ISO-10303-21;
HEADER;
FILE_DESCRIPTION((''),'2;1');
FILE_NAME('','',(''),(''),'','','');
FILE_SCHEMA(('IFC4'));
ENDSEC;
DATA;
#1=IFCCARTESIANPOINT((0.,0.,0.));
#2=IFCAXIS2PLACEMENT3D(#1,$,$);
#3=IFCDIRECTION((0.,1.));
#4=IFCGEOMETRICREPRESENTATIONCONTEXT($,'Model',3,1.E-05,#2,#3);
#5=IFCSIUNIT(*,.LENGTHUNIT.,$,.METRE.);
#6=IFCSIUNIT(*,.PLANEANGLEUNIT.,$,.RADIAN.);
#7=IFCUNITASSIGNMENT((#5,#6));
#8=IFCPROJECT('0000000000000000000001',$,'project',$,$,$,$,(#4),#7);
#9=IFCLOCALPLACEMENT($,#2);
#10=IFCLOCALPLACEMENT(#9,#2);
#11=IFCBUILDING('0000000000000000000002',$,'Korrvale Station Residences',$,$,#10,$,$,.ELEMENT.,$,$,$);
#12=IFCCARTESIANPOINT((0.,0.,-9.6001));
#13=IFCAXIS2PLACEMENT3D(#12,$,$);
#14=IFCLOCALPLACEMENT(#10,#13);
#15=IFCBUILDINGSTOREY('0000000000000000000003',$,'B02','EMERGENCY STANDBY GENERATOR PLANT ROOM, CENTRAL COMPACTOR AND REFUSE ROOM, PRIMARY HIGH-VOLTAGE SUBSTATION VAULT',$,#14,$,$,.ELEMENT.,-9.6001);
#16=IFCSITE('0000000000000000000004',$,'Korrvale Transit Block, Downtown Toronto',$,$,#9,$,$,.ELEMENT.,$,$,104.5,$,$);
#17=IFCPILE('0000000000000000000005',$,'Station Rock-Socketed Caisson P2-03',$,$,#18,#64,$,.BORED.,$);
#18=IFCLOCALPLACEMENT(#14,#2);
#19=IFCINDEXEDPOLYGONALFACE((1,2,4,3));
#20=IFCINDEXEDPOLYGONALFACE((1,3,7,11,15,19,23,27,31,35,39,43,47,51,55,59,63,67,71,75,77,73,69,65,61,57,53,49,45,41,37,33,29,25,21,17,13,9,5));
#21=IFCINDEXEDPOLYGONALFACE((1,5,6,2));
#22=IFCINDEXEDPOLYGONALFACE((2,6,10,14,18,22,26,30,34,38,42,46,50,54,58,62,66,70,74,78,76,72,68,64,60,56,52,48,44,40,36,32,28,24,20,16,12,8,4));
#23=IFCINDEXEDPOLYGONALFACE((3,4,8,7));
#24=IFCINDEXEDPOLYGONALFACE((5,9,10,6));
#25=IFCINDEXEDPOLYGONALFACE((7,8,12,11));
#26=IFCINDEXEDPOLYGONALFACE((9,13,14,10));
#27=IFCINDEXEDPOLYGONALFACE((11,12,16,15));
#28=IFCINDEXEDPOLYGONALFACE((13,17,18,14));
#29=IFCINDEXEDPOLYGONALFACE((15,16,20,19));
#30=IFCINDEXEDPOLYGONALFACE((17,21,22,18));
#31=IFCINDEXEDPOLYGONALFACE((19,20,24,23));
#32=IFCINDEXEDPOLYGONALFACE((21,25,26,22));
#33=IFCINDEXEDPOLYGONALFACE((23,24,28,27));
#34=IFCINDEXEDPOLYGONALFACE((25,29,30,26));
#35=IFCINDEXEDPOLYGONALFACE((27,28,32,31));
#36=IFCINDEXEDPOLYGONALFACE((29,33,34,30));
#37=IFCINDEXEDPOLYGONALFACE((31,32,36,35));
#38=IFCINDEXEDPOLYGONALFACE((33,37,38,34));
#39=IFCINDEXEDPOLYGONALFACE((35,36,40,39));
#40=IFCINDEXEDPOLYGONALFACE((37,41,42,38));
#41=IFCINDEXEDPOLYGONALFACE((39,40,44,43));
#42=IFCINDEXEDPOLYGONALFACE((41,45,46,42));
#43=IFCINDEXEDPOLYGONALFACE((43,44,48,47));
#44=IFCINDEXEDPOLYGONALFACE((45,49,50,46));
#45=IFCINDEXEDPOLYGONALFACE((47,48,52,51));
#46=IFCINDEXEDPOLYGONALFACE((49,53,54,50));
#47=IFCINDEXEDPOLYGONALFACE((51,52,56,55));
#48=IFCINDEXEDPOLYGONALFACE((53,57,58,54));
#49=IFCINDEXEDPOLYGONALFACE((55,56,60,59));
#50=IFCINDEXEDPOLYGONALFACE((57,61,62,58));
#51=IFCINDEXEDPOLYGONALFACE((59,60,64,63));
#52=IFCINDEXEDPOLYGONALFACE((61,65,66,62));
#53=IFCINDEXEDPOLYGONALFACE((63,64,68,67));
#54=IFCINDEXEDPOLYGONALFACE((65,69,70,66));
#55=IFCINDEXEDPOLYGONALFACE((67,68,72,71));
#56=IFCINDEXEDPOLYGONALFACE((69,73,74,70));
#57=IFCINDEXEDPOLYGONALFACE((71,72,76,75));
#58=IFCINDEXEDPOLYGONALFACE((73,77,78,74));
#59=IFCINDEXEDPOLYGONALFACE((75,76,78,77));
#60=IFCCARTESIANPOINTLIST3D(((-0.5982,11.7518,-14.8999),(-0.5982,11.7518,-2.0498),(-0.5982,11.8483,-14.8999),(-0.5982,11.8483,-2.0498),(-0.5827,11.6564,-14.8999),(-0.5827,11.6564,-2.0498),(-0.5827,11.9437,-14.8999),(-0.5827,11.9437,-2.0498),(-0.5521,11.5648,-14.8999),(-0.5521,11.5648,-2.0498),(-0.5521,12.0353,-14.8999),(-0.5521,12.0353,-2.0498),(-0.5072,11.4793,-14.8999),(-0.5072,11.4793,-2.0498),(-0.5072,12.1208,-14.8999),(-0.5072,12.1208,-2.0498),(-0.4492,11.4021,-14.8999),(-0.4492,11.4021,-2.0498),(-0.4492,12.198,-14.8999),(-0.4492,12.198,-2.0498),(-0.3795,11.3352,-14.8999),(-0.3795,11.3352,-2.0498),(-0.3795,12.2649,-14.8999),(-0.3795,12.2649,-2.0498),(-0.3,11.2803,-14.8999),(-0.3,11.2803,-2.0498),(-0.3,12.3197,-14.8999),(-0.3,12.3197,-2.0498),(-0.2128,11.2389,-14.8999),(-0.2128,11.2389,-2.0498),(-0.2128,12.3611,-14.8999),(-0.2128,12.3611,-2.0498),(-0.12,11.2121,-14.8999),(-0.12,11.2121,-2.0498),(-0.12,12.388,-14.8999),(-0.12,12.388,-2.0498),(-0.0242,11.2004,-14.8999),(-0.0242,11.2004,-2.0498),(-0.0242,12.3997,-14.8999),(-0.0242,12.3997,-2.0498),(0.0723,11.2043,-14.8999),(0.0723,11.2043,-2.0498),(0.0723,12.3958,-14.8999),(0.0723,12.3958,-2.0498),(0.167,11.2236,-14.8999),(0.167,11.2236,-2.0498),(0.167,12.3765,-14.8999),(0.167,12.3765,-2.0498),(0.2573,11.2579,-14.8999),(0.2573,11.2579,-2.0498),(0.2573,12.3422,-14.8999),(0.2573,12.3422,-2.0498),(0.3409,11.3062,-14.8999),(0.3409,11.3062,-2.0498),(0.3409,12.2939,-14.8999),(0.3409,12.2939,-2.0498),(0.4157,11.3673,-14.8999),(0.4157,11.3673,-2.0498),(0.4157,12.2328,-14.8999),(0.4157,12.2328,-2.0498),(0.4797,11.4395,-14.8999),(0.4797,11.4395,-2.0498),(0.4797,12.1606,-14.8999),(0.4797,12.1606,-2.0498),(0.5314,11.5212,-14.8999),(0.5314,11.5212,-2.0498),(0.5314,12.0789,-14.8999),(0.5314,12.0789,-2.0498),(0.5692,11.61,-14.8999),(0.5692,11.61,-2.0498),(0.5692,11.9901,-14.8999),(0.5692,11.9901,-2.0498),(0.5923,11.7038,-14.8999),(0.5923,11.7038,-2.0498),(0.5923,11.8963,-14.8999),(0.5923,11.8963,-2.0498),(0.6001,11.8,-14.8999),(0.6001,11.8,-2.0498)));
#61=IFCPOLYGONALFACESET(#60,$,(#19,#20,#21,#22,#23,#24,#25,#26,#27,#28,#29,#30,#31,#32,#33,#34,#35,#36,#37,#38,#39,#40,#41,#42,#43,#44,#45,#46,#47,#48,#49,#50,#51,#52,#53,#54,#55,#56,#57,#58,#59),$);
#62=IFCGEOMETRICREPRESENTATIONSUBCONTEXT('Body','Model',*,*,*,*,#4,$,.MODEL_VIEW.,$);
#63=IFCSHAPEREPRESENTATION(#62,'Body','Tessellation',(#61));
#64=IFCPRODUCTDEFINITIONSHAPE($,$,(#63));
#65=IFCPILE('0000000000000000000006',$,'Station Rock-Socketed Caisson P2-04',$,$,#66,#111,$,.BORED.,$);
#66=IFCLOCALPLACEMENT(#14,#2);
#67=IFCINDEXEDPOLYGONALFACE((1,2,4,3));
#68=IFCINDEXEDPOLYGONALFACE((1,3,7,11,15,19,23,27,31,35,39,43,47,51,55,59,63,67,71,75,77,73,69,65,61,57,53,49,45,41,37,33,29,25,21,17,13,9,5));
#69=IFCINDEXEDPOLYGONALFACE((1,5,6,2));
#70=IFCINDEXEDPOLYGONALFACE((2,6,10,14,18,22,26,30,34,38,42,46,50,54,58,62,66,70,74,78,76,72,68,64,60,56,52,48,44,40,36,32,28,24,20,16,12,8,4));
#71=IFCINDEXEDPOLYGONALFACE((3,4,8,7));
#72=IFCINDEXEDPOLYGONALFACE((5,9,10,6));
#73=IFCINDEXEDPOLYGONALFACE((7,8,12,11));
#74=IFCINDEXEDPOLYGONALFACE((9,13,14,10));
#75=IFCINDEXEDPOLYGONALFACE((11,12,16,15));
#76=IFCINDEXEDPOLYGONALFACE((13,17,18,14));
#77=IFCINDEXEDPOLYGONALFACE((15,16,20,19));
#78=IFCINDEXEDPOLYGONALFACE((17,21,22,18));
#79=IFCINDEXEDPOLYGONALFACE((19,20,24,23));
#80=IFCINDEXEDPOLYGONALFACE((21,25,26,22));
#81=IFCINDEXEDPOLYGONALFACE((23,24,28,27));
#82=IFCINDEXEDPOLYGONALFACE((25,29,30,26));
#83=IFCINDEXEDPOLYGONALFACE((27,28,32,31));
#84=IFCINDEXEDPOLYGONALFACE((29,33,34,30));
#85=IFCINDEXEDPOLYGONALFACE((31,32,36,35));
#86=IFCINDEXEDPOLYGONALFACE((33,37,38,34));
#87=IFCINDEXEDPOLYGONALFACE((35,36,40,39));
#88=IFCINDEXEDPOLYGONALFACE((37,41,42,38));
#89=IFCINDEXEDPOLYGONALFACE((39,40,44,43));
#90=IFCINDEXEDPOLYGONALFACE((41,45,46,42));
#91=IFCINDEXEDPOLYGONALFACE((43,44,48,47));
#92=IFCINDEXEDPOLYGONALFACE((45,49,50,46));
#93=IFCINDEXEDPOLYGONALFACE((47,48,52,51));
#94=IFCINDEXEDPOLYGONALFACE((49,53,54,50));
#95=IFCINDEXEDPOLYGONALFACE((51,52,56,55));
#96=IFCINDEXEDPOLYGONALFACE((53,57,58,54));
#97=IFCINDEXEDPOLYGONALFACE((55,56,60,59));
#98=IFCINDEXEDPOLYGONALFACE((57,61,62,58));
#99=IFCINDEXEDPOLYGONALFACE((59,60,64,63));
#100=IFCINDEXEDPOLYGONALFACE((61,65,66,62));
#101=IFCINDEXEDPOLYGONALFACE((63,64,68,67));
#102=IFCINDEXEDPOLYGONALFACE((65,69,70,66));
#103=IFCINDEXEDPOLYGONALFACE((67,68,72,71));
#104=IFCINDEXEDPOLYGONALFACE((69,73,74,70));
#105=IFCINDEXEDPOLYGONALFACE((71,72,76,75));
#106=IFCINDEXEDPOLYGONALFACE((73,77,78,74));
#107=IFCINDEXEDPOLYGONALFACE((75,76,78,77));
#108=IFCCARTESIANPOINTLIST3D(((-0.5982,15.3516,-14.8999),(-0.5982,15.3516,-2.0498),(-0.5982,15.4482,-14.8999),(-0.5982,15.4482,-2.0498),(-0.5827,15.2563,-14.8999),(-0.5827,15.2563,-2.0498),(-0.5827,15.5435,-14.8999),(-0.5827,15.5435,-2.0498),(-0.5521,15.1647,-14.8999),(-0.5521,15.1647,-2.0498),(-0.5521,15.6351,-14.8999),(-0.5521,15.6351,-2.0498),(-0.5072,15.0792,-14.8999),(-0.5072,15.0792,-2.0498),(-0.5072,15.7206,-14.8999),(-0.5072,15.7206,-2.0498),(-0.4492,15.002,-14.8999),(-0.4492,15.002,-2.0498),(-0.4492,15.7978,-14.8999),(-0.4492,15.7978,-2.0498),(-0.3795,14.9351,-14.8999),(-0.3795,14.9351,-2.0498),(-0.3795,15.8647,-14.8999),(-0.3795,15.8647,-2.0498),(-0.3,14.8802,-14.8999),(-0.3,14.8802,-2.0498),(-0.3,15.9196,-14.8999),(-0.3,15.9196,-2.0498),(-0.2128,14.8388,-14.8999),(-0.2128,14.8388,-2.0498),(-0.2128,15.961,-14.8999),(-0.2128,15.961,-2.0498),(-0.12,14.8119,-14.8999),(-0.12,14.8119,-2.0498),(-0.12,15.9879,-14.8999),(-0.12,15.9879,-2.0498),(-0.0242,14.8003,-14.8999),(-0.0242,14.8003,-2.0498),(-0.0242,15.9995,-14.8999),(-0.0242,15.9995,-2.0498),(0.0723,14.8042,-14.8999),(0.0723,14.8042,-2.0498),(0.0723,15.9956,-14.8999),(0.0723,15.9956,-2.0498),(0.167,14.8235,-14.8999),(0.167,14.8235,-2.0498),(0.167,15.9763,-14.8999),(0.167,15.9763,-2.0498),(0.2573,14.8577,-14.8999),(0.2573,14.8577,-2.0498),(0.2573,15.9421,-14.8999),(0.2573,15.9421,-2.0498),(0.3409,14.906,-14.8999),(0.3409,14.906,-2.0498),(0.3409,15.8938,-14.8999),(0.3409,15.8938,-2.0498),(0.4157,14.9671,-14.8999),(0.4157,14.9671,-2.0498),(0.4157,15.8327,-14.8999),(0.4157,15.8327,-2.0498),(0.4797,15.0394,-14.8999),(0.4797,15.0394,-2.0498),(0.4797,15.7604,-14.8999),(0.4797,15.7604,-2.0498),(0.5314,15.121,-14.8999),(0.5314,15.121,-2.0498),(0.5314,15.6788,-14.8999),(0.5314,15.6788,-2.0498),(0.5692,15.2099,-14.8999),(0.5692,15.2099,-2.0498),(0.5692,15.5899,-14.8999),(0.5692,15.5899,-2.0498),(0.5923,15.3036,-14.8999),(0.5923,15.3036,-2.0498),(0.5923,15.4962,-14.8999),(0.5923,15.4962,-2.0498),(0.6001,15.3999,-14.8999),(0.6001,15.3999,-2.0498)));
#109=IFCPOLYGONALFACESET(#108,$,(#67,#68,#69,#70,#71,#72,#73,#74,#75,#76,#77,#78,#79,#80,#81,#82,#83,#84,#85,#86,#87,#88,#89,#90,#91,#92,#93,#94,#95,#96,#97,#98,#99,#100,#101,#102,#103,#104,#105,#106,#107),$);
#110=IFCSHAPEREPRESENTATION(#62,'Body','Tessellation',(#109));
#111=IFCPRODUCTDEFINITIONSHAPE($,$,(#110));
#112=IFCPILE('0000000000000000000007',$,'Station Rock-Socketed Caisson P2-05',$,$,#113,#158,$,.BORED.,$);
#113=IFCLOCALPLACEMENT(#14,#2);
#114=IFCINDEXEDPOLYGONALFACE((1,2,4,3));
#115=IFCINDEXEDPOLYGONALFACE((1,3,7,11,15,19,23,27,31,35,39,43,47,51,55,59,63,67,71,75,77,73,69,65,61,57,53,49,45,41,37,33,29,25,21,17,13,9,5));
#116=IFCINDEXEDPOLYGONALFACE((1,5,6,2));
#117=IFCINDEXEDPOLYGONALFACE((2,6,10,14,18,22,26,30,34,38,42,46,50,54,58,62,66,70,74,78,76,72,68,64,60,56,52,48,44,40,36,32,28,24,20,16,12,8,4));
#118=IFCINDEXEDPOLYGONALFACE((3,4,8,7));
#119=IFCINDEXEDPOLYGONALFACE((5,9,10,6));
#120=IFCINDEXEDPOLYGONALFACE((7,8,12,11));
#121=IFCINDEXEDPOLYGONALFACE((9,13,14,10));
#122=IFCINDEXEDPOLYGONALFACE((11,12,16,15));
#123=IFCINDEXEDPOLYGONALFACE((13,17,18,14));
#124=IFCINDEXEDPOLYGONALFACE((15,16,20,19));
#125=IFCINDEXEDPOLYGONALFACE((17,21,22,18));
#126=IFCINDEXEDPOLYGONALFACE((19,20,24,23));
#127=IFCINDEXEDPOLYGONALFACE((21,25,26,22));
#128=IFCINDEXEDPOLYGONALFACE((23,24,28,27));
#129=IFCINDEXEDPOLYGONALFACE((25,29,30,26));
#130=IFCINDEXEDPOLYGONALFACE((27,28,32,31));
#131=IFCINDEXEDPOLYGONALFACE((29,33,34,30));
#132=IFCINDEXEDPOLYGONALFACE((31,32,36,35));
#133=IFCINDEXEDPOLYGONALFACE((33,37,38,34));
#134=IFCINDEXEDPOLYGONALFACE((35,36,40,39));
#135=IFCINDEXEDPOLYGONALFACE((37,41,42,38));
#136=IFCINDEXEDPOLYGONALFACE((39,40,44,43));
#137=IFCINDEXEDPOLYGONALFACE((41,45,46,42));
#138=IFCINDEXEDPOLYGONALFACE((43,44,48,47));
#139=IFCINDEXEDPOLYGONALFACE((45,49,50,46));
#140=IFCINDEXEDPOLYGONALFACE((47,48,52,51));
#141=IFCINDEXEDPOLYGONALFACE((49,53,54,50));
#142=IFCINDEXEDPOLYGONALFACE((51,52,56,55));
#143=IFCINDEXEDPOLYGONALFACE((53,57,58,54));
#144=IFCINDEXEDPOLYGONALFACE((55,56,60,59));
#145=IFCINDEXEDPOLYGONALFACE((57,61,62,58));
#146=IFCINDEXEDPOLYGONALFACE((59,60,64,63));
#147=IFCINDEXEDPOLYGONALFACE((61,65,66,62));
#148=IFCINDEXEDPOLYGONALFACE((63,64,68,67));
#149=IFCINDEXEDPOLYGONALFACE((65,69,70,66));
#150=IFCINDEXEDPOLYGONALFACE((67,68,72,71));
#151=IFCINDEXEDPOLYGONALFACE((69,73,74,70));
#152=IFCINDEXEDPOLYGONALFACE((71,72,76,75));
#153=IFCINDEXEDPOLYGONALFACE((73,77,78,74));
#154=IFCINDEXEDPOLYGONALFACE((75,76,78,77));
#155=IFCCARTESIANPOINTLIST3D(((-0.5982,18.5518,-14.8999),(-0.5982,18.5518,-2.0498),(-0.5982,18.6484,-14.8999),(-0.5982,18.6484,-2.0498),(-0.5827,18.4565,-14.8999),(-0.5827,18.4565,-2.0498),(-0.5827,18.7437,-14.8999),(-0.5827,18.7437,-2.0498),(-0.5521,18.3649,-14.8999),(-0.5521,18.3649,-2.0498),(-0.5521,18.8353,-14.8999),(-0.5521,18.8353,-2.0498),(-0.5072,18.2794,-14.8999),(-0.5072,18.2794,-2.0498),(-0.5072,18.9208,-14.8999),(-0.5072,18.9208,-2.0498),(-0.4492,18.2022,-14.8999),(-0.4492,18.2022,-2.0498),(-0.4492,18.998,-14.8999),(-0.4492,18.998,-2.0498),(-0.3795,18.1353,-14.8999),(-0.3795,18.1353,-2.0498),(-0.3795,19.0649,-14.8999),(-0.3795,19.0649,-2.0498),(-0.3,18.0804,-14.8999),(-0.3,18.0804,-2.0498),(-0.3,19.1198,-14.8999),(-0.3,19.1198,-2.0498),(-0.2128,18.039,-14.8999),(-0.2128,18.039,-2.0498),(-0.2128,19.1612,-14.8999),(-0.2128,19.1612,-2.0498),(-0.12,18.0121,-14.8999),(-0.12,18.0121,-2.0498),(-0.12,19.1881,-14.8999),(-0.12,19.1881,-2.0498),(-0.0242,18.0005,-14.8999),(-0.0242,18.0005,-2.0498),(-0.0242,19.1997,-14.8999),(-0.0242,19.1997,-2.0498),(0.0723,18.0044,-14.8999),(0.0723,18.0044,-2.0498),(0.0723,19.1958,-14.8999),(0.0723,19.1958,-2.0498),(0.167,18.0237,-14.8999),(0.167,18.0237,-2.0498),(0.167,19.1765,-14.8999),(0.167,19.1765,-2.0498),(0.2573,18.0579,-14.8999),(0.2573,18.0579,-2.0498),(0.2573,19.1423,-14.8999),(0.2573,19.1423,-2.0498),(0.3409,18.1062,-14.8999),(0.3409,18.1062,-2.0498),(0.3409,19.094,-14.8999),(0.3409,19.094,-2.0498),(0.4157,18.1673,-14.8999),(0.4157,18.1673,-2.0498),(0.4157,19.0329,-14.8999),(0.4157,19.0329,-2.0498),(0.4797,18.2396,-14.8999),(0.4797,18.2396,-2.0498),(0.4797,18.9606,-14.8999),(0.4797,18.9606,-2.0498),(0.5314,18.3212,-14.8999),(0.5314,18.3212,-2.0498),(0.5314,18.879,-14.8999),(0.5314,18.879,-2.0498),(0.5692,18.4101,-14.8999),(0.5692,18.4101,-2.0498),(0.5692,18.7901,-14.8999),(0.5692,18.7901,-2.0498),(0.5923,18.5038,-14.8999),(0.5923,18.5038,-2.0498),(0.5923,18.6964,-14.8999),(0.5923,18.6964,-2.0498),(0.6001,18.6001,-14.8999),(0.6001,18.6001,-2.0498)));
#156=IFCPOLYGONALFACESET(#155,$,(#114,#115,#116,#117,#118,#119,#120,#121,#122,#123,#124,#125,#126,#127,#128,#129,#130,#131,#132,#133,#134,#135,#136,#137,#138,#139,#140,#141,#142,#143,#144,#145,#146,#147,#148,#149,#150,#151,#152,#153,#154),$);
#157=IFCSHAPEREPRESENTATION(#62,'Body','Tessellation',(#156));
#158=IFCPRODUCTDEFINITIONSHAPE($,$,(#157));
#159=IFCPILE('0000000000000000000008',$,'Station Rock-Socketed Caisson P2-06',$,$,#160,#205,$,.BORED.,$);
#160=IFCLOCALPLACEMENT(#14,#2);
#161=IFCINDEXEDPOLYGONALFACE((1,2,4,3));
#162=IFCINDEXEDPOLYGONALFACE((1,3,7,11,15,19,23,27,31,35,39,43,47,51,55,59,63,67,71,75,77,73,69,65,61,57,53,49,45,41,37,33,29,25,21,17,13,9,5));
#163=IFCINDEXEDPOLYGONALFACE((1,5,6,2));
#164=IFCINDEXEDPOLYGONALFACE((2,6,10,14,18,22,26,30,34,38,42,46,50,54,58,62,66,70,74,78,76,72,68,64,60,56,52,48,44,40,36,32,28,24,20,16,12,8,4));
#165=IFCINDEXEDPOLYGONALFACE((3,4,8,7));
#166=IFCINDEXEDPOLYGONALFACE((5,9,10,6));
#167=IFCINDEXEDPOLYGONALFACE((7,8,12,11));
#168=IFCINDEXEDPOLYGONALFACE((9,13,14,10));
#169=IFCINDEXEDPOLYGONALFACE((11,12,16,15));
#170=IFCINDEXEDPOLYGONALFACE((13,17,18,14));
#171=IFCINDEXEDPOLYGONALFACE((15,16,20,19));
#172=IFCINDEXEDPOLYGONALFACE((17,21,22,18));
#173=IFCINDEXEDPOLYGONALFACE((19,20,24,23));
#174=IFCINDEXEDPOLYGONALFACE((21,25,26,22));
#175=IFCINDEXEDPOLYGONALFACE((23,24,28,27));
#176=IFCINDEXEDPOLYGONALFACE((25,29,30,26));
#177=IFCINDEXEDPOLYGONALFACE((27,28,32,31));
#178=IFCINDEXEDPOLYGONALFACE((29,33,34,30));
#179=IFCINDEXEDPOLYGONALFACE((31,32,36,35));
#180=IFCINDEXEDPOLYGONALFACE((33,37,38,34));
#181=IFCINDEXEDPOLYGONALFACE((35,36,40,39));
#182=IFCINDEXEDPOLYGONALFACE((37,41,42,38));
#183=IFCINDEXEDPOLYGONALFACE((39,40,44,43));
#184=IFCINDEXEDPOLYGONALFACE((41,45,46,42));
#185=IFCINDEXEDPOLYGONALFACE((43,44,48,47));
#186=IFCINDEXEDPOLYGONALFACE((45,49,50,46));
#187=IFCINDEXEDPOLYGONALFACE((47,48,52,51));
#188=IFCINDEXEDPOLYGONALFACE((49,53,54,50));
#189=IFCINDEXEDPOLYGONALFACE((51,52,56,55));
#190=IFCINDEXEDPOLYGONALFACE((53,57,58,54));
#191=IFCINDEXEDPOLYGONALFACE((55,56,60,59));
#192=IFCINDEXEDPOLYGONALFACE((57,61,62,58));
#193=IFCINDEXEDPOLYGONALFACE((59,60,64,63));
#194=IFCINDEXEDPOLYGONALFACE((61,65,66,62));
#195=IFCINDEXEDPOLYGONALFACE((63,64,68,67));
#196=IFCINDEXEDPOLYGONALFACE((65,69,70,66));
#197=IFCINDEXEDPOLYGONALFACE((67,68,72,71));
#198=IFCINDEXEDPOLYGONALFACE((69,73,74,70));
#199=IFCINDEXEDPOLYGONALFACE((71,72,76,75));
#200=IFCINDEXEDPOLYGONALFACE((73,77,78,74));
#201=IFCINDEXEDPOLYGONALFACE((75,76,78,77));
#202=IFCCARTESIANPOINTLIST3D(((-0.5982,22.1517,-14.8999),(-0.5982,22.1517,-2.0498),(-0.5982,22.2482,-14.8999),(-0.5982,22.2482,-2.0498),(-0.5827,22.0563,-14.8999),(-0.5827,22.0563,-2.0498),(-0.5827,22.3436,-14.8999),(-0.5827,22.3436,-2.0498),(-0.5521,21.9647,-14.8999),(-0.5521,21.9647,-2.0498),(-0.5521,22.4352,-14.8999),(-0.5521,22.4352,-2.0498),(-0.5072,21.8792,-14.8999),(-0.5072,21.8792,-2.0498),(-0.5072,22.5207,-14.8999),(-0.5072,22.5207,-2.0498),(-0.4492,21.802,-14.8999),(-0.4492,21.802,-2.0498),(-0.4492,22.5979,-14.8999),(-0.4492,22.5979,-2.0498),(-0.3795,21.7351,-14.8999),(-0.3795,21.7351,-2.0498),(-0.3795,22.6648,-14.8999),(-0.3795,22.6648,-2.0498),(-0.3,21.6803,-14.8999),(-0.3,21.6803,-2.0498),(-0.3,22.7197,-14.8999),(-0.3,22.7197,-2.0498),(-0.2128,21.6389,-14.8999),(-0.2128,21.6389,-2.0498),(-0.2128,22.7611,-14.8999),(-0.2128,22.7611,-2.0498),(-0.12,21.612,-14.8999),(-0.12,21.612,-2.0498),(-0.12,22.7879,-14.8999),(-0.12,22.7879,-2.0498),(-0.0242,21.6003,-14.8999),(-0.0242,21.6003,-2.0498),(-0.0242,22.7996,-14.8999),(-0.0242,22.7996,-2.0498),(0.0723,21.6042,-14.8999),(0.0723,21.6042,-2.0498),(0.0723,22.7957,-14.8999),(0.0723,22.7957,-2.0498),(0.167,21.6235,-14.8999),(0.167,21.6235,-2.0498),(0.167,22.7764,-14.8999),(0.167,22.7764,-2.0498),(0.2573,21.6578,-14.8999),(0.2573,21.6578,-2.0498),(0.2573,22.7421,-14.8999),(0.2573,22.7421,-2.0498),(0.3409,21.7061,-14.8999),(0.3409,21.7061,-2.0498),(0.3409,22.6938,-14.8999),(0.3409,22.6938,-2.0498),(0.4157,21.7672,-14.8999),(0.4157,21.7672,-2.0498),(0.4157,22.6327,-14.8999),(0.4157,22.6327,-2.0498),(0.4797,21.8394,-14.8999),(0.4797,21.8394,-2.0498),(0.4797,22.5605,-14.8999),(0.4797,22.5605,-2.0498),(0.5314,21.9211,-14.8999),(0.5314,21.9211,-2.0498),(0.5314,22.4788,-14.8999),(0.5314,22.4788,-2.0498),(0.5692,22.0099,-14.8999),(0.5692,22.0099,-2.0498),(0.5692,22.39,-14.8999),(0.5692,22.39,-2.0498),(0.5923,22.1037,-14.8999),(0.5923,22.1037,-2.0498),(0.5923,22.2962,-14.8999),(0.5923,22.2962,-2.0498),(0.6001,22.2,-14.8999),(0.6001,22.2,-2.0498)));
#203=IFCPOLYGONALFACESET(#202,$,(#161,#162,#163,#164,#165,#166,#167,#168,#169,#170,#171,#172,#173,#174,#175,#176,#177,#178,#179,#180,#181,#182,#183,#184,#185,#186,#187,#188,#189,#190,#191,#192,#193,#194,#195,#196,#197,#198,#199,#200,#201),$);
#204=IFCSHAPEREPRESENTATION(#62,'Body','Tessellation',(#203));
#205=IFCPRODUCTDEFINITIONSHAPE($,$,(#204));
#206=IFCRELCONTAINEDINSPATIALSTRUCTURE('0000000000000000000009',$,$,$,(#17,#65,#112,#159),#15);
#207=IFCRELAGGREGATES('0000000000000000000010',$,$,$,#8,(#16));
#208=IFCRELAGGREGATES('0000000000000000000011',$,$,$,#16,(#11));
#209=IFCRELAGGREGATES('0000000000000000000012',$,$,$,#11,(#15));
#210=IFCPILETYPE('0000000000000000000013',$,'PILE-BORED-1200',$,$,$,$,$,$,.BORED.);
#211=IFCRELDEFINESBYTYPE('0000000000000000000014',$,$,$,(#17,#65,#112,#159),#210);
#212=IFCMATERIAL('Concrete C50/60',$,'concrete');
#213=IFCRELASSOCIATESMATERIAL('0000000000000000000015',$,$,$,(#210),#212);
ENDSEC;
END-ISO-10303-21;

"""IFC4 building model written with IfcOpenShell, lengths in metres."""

from ifc_helpers import new_model, si_unit, direction, frame, origin, origin_2d, place, context, subcontext, project, spatial, circle, extrude, material, material_profile, profile_set, type_object, element, save


model = new_model("IFC4")

# Units and contexts
model_context = context("Model", 3, precision=1e-05, world=origin(), true_north=direction((0.0, 1.0)))
body_context = subcontext(model_context, "Body", "Model", "MODEL_VIEW")
ifc_project = project(units=[si_unit("LENGTHUNIT", "METRE"), si_unit("PLANEANGLEUNIT", "RADIAN")], contexts=[model_context])

# Site, building, storey
site_placement = place(None, origin())
site = spatial("IfcSite", under=ifc_project, at=site_placement, Name="Korrvale Transit Block, Downtown Toronto", CompositionType="ELEMENT", RefElevation=104.5)
building_placement = place(site_placement, origin())
building = spatial("IfcBuilding", under=site, at=building_placement, Name="Korrvale Station Residences", CompositionType="ELEMENT")
storey_placement = place(building_placement, frame((0.0, 0.0, -9.6001)))
storey = spatial("IfcBuildingStorey", under=building, at=storey_placement, Name="B02", Description="EMERGENCY STANDBY GENERATOR PLANT ROOM, CENTRAL COMPACTOR AND REFUSE ROOM, PRIMARY HIGH-VOLTAGE SUBSTATION VAULT", CompositionType="ELEMENT", Elevation=-9.6001)

# Piles
ifc_material_1 = material(Name="Concrete C50/60", Category="concrete")
ifc_material_profile_1 = material_profile(ifc_material_1, circle(Radius=0.6001, at=origin_2d()), Name="PILE1200")
ifc_profile_set_1 = profile_set([ifc_material_profile_1], Name="Concrete C50/60")
pile_type_1 = type_object("IfcPileType", Name="PILE-BORED-1200", PredefinedType="BORED", material=ifc_profile_set_1)
for number, where, z_axis, x_axis, name in (
    (1, (0.0, 11.8, -2.0498), (0.0, 0.0, -1.0), (1.0, 0.0, 0.0), "Station Rock-Socketed Caisson P2-03"),
    (2, (0.0, 15.3999, -2.0498), (0.0, 0.0, -1.0), (1.0, 0.0, 0.0), "Station Rock-Socketed Caisson P2-04"),
    (3, (0.0, 18.6001, -2.0498), (0.0, 0.0, -1.0), (1.0, 0.0, 0.0), "Station Rock-Socketed Caisson P2-05"),
    (4, (0.0, 22.2, -2.0498), (0.0, 0.0, -1.0), (1.0, 0.0, 0.0), "Station Rock-Socketed Caisson P2-06"),
):
    element("IfcPile", number, at=place(storey_placement, frame(where, z_axis=z_axis, x_axis=x_axis)), inside=storey, type_object=pile_type_1, Name=name, PredefinedType="BORED", context=body_context, shape_type="SweptSolid", body=[
        extrude(circle(Radius=0.6001, at=origin_2d()), origin(), (0.0, 0.0, 1.0), 12.8501),
    ])

save(model, "model.ifc")
